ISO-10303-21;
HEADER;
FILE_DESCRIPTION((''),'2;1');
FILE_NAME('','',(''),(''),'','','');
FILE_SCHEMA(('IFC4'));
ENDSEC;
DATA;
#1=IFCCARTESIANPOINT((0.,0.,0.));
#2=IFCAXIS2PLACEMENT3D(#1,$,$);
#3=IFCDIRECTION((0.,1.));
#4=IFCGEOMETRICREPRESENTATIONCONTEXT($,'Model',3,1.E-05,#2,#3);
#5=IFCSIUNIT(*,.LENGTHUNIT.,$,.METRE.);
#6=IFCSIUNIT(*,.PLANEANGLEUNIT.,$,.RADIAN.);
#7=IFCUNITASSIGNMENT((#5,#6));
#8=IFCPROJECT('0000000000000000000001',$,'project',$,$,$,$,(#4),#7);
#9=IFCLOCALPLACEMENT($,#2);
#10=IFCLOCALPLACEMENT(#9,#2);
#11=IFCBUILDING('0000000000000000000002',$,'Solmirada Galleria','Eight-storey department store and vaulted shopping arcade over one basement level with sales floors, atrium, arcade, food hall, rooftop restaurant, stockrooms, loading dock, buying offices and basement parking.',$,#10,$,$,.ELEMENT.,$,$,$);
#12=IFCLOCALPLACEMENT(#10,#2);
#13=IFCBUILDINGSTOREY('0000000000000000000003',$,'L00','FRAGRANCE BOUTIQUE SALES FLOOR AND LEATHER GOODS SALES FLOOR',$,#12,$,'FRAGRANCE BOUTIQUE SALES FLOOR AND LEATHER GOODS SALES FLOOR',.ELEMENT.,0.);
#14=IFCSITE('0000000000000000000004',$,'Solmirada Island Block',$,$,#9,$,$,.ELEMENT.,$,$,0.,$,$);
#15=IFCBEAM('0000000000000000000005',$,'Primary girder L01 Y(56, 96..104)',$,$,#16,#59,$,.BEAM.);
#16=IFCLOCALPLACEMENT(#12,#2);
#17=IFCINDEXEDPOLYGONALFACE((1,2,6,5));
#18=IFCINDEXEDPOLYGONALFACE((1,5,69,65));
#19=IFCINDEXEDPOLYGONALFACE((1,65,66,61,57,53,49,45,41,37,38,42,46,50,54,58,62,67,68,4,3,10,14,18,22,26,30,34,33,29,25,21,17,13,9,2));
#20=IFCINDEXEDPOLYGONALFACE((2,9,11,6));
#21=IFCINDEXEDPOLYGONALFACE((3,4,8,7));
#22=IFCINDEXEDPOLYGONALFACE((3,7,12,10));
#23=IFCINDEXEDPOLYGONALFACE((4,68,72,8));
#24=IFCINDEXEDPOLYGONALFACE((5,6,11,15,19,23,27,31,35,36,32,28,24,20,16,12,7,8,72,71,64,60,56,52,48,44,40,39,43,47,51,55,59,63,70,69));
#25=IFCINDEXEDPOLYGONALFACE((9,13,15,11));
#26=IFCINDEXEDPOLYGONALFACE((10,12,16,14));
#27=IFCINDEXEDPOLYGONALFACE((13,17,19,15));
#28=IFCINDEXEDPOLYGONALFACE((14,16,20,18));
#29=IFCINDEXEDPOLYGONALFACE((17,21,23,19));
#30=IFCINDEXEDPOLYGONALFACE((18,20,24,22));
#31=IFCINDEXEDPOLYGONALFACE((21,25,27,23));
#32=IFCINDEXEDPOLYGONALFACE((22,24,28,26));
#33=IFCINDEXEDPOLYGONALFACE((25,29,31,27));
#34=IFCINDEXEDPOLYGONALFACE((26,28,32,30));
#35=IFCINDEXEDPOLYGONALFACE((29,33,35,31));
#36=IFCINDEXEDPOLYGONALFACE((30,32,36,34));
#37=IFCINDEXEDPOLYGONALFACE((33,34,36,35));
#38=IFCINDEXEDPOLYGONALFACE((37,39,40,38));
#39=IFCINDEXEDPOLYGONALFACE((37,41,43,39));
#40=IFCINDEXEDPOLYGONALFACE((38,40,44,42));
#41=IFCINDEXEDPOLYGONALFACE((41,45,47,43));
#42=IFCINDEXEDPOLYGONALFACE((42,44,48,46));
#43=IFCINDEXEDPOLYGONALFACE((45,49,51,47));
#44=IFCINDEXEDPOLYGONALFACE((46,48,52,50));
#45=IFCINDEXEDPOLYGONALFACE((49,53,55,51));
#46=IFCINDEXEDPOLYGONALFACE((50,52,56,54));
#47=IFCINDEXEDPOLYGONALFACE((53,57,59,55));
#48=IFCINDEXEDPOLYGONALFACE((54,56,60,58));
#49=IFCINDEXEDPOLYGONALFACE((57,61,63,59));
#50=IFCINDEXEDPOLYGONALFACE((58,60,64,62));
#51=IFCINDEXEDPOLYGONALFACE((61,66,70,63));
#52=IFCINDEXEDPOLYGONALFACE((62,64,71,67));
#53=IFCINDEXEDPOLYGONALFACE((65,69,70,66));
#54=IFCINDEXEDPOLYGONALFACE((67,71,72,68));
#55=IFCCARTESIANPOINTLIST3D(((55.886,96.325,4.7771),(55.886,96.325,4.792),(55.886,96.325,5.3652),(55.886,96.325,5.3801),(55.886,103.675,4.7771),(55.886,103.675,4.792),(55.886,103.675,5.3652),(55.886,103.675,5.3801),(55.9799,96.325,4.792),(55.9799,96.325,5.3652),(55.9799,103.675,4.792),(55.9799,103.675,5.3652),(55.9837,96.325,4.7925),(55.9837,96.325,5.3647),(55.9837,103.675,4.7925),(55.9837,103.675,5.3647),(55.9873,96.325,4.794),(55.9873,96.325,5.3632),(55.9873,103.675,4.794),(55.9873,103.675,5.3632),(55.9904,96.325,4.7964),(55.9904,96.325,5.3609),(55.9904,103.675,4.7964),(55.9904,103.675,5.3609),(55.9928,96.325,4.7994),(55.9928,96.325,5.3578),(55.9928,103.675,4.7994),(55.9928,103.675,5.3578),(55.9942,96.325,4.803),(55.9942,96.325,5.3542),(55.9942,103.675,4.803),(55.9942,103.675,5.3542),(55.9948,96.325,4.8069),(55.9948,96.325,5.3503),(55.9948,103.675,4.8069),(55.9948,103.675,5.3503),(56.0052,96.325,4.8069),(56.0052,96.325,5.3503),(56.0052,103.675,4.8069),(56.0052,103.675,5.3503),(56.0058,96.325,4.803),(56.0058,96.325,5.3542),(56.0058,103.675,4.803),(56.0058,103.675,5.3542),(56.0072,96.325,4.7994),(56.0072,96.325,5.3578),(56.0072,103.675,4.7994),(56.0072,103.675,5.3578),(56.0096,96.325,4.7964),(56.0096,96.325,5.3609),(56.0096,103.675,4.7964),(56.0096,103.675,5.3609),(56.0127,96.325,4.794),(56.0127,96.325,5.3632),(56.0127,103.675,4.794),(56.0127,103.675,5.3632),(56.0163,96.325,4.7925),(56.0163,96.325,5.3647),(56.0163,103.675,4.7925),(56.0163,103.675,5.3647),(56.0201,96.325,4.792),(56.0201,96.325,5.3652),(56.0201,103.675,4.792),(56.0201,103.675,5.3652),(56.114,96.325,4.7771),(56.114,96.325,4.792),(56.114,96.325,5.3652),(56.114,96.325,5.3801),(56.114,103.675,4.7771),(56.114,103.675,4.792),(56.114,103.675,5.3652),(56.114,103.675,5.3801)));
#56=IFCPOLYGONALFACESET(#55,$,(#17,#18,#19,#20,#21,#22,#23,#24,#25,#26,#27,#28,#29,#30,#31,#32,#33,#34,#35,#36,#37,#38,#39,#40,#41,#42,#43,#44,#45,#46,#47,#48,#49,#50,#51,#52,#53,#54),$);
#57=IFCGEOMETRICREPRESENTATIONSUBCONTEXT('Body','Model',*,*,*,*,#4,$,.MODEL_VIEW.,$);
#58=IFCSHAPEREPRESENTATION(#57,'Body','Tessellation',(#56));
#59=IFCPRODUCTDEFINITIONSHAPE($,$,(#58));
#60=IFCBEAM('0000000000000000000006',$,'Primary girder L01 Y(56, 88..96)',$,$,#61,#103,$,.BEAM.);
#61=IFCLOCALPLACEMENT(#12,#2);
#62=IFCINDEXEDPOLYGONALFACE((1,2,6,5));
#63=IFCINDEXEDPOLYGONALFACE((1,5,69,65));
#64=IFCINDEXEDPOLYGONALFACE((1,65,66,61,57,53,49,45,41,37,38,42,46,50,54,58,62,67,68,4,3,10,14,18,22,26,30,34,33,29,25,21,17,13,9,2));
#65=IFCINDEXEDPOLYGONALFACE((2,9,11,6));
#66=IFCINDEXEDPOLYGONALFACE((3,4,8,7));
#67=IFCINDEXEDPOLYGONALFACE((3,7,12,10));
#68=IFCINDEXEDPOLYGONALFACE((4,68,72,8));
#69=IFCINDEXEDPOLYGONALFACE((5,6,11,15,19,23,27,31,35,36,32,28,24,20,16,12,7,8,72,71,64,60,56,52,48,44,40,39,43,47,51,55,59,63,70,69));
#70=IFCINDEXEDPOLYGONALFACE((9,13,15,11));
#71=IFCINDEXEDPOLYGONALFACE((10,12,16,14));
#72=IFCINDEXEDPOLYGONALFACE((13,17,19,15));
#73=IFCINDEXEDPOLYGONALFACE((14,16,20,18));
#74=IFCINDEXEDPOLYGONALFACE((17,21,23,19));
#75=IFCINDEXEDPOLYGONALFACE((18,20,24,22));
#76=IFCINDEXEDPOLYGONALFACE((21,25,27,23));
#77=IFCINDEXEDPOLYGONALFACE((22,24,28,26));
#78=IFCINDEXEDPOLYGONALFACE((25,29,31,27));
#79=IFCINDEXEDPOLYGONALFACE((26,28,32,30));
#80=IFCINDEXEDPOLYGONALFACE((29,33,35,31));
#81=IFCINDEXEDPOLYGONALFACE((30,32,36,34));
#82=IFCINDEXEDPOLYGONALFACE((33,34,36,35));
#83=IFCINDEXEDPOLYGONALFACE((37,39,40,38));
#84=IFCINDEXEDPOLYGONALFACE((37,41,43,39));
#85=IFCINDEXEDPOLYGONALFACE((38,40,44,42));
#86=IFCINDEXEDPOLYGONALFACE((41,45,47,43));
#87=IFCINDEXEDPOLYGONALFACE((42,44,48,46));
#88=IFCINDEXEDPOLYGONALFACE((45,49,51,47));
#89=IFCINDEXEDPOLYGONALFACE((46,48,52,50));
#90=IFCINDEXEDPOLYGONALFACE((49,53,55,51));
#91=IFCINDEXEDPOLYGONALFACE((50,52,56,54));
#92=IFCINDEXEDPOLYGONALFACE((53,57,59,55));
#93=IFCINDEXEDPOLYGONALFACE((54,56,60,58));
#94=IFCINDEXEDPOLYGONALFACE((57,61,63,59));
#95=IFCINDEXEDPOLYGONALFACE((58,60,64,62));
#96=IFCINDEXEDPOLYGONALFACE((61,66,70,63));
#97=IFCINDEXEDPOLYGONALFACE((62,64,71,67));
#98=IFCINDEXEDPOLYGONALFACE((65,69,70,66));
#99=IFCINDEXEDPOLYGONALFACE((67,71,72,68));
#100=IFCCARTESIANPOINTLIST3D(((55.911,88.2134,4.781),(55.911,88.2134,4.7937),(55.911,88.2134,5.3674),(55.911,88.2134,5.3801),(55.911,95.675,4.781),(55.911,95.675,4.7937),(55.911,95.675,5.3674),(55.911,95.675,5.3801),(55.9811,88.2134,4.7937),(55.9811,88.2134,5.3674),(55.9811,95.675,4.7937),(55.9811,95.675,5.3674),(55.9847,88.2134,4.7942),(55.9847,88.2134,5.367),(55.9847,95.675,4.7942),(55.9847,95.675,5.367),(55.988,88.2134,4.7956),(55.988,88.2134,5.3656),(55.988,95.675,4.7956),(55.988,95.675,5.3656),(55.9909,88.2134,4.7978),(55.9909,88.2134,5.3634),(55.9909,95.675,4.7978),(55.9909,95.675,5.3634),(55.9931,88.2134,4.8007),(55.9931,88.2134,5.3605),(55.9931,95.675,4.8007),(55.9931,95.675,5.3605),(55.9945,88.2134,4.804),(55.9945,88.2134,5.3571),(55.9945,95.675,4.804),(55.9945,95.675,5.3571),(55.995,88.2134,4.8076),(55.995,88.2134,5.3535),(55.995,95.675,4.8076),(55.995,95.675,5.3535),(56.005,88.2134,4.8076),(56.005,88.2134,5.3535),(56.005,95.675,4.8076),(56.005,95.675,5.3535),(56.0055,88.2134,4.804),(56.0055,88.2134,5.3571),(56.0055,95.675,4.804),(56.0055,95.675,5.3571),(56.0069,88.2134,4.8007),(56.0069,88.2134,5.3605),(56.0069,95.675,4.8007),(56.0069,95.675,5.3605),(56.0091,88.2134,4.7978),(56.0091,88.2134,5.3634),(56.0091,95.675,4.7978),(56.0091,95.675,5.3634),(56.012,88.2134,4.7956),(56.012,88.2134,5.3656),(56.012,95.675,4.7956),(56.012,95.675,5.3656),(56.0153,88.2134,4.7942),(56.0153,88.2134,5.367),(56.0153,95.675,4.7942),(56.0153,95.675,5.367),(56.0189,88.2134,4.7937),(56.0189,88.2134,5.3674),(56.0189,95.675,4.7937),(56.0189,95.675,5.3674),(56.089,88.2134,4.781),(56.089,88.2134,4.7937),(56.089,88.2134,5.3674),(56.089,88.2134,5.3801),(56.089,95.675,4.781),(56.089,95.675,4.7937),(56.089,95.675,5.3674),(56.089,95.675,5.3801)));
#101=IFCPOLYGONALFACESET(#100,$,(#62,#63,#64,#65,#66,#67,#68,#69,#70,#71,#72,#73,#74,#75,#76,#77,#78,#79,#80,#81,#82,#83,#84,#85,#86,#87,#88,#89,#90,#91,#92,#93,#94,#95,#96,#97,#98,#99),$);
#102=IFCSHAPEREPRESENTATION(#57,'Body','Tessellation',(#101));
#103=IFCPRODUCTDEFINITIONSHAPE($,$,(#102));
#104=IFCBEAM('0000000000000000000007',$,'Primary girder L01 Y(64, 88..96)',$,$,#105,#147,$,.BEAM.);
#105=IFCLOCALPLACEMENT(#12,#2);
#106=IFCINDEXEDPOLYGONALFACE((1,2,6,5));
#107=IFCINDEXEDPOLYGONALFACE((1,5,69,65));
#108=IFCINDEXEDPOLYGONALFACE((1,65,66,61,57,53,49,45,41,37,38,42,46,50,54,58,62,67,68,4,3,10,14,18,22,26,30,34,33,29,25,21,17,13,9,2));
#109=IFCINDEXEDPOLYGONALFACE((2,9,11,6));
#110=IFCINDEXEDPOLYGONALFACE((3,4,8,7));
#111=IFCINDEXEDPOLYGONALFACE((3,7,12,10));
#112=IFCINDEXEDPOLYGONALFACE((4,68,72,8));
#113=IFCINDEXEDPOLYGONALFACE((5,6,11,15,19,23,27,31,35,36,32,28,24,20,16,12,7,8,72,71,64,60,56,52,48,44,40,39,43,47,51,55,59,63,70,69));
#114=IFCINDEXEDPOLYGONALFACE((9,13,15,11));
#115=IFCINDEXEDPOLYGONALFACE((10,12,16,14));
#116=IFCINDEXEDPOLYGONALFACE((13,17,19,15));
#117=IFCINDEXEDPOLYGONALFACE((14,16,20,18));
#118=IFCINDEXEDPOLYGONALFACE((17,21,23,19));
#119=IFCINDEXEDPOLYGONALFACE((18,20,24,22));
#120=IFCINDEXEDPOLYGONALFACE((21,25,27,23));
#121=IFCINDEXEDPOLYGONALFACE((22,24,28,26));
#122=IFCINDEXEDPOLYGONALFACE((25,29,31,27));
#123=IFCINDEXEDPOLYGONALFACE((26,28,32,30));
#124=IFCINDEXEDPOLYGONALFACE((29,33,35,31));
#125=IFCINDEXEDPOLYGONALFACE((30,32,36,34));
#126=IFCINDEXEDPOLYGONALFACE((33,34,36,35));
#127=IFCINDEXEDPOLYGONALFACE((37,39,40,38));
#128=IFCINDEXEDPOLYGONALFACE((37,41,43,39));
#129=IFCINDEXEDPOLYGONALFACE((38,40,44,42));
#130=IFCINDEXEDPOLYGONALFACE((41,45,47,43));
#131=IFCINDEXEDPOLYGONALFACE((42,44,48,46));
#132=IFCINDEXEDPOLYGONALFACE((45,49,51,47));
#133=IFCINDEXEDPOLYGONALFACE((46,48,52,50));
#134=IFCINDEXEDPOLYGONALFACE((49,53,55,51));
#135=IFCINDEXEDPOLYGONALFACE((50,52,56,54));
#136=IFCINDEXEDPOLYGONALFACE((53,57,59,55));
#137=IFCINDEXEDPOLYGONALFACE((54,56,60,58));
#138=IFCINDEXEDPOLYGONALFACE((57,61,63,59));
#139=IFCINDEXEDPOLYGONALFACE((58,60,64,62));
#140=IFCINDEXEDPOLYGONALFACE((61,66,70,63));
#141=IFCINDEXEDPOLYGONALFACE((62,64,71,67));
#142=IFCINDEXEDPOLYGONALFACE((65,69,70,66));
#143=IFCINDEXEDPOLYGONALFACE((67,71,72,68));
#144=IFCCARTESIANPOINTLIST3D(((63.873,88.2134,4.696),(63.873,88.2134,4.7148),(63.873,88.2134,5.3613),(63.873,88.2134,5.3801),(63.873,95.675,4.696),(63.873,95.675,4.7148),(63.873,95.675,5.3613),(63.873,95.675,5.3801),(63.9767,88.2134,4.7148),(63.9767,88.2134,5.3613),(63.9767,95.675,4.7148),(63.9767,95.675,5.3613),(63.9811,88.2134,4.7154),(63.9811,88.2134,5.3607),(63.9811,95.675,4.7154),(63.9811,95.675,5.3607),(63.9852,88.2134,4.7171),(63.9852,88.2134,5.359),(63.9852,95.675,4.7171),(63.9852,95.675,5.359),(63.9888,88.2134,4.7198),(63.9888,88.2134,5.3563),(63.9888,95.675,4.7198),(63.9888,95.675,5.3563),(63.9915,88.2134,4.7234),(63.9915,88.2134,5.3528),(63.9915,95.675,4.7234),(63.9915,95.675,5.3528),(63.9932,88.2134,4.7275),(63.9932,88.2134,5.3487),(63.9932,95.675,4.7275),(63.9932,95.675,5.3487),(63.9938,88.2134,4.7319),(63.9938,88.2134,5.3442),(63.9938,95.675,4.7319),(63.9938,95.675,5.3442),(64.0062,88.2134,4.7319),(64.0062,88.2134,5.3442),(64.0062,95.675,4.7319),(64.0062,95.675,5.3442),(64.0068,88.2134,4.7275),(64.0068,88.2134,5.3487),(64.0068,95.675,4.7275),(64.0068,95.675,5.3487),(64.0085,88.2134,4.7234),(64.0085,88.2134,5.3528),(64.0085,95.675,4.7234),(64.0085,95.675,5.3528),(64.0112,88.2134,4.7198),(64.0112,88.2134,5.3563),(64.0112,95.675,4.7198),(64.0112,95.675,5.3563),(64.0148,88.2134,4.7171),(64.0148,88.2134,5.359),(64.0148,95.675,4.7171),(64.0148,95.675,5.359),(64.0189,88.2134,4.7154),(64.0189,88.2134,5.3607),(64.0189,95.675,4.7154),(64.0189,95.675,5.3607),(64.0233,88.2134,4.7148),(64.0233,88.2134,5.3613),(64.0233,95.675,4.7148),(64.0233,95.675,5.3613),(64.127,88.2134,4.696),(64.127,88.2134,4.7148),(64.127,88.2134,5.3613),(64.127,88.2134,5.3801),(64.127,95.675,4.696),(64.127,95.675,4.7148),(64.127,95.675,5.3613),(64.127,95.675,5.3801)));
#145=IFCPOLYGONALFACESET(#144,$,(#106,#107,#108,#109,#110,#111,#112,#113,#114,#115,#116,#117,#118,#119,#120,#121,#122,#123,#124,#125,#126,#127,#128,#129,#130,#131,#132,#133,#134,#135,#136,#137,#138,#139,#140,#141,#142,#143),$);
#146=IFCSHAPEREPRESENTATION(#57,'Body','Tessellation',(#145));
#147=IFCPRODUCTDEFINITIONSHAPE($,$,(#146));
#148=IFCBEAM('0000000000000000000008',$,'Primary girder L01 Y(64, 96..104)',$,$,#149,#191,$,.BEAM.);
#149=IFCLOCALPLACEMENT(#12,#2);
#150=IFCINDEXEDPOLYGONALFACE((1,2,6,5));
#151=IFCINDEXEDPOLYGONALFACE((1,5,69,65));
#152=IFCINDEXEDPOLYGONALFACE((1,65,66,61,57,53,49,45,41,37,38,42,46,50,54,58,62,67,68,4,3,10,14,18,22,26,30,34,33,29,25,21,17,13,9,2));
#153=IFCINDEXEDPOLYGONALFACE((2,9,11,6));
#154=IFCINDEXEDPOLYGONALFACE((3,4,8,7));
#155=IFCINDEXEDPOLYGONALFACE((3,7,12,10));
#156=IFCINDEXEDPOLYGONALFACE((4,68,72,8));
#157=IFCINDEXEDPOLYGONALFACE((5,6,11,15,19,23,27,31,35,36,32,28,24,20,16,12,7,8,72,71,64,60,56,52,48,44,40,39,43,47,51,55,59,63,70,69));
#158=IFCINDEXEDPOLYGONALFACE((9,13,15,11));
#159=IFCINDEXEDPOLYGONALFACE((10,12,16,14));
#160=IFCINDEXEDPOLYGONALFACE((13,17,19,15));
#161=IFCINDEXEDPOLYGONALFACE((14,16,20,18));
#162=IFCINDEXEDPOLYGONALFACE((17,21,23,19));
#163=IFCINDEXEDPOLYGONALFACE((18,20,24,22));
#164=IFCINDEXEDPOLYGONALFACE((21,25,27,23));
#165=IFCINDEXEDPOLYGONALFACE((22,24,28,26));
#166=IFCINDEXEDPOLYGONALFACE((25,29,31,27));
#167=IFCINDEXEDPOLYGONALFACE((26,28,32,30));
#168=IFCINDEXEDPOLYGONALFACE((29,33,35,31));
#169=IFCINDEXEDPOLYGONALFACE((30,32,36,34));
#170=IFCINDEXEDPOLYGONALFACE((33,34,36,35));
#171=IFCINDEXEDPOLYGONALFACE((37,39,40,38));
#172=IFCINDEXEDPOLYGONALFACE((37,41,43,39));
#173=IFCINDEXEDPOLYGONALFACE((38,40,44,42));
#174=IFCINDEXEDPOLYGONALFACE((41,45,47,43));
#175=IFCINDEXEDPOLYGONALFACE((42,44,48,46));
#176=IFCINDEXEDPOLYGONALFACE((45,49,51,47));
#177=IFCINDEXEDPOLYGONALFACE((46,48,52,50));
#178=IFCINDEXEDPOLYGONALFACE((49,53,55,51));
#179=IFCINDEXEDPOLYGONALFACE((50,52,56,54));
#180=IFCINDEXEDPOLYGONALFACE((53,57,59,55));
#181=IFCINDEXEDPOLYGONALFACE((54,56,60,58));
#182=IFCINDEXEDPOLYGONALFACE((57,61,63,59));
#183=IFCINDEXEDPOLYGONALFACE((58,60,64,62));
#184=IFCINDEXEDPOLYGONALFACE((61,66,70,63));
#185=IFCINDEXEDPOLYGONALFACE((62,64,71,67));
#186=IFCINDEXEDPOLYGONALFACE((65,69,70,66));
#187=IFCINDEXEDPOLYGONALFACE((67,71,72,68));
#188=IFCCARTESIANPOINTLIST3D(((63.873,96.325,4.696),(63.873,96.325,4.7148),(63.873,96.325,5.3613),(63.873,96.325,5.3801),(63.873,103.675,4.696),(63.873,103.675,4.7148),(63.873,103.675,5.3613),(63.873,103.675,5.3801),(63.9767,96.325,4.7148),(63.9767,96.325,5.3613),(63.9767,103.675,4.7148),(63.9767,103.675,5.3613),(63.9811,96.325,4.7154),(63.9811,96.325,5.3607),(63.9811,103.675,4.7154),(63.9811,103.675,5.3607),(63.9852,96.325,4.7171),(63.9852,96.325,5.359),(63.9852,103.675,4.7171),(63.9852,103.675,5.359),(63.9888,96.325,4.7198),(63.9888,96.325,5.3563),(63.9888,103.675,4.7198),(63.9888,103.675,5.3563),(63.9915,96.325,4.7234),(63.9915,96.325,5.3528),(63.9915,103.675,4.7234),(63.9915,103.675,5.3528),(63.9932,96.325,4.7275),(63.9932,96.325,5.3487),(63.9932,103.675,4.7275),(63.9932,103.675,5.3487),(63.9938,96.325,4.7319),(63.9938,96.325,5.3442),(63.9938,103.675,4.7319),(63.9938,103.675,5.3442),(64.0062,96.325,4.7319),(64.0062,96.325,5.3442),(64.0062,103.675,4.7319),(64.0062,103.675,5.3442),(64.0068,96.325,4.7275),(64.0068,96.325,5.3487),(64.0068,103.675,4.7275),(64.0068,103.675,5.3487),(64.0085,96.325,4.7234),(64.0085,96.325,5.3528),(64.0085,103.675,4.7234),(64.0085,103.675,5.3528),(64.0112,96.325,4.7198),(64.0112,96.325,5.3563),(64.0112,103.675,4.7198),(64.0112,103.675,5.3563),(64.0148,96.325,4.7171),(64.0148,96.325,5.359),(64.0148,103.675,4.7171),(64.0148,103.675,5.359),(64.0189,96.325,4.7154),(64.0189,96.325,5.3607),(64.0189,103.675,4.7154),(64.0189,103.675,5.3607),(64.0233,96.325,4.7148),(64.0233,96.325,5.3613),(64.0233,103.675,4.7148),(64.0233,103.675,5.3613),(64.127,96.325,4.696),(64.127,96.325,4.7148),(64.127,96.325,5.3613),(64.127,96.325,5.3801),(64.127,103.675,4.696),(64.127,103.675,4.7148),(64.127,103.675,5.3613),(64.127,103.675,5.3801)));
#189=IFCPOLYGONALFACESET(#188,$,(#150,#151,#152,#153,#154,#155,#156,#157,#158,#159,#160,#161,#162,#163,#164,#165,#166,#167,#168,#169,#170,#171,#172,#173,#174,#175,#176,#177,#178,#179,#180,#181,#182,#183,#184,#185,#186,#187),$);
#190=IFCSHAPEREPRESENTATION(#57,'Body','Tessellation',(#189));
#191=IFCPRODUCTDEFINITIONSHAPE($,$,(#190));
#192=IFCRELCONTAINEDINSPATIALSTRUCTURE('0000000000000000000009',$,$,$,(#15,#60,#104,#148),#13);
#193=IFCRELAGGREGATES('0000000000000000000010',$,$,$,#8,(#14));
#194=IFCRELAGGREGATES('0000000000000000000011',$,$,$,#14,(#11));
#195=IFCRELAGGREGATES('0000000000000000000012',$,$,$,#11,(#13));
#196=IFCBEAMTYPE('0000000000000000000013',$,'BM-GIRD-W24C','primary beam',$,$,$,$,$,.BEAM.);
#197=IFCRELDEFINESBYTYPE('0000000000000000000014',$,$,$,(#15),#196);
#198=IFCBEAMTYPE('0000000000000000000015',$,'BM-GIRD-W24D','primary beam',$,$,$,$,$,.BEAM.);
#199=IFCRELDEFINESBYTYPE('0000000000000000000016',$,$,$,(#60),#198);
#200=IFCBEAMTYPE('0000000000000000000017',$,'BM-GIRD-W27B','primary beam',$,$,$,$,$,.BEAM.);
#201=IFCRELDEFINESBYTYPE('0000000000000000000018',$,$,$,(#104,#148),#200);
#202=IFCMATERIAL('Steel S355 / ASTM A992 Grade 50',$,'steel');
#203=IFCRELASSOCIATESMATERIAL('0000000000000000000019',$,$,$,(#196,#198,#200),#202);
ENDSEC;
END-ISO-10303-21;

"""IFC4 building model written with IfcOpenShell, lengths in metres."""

from ifc_helpers import new_model, si_unit, direction, frame, origin, origin_2d, place, context, subcontext, project, spatial, i_section, extrude, material, material_profile, profile_set, type_object, element, save


model = new_model("IFC4")

# Units and contexts
model_context = context("Model", 3, precision=1e-05, world=origin(), true_north=direction((0.0, 1.0)))
body_context = subcontext(model_context, "Body", "Model", "MODEL_VIEW")
ifc_project = project(units=[si_unit("LENGTHUNIT", "METRE"), si_unit("PLANEANGLEUNIT", "RADIAN")], contexts=[model_context])

# Site, building, storey
site_placement = place(None, origin())
site = spatial("IfcSite", under=ifc_project, at=site_placement, Name="Solmirada Island Block", CompositionType="ELEMENT", RefElevation=0.0)
building_placement = place(site_placement, origin())
building = spatial("IfcBuilding", under=site, at=building_placement, Name="Solmirada Galleria", Description="Eight-storey department store and vaulted shopping arcade over one basement level with sales floors, atrium, arcade, food hall, rooftop restaurant, stockrooms, loading dock, buying offices and basement parking.", CompositionType="ELEMENT")
storey_placement = place(building_placement, origin())
storey = spatial("IfcBuildingStorey", under=building, at=storey_placement, Name="L00", Description="FRAGRANCE BOUTIQUE SALES FLOOR AND LEATHER GOODS SALES FLOOR", LongName="FRAGRANCE BOUTIQUE SALES FLOOR AND LEATHER GOODS SALES FLOOR", CompositionType="ELEMENT", Elevation=0.0)

# Beams
ifc_material_1 = material(Name="Steel S355 / ASTM A992 Grade 50", Category="steel")
ifc_material_profile_1 = material_profile(ifc_material_1, i_section(OverallWidth=0.228, OverallDepth=0.603, WebThickness=0.0105, FlangeThickness=0.0149, FilletRadius=0.0149, at=origin_2d()), Name="W24X68")
ifc_profile_set_1 = profile_set([ifc_material_profile_1], Name="Steel S355 / ASTM A992 Grade 50")
beam_type_1 = type_object("IfcBeamType", Name="BM-GIRD-W24C", Description="primary beam", PredefinedType="BEAM", material=ifc_profile_set_1)
beam_1_placement = place(storey_placement, frame((56.0, 96.325, 5.0786), z_axis=(0.0, 1.0, 0.0), x_axis=(-1.0, 0.0, 0.0)))
element("IfcBeam", 1, at=beam_1_placement, inside=storey, type_object=beam_type_1, Name="Primary girder L01 Y(56, 96..104)", PredefinedType="BEAM", context=body_context, shape_type="SweptSolid", body=[
    extrude(i_section(OverallWidth=0.228, OverallDepth=0.603, WebThickness=0.0105, FlangeThickness=0.0149, FilletRadius=0.0149, at=origin_2d()), origin(), (0.0, 0.0, 1.0), 7.3501),
])
ifc_material_profile_2 = material_profile(ifc_material_1, i_section(OverallWidth=0.178, OverallDepth=0.5991, WebThickness=0.01, FlangeThickness=0.0127, FilletRadius=0.0139, at=origin_2d()), Name="W24X55")
ifc_profile_set_2 = profile_set([ifc_material_profile_2], Name="Steel S355 / ASTM A992 Grade 50")
beam_type_2 = type_object("IfcBeamType", Name="BM-GIRD-W24D", Description="primary beam", PredefinedType="BEAM", material=ifc_profile_set_2)
beam_2_placement = place(storey_placement, frame((56.0, 88.2134, 5.0806), z_axis=(0.0, 1.0, 0.0), x_axis=(-1.0, 0.0, 0.0)))
element("IfcBeam", 2, at=beam_2_placement, inside=storey, type_object=beam_type_2, Name="Primary girder L01 Y(56, 88..96)", PredefinedType="BEAM", context=body_context, shape_type="SweptSolid", body=[
    extrude(i_section(OverallWidth=0.178, OverallDepth=0.5991, WebThickness=0.01, FlangeThickness=0.0127, FilletRadius=0.0139, at=origin_2d()), origin(), (0.0, 0.0, 1.0), 7.4617),
])
ifc_material_profile_3 = material_profile(ifc_material_1, i_section(OverallWidth=0.2539, OverallDepth=0.6841, WebThickness=0.0125, FlangeThickness=0.0188, FilletRadius=0.0171, at=origin_2d()), Name="W27X94")
ifc_profile_set_3 = profile_set([ifc_material_profile_3], Name="Steel S355 / ASTM A992 Grade 50")
beam_type_3 = type_object("IfcBeamType", Name="BM-GIRD-W27B", Description="primary beam", PredefinedType="BEAM", material=ifc_profile_set_3)
beam_3_placement = place(storey_placement, frame((64.0, 88.2134, 5.0381), z_axis=(0.0, 1.0, 0.0), x_axis=(-1.0, 0.0, 0.0)))
element("IfcBeam", 3, at=beam_3_placement, inside=storey, type_object=beam_type_3, Name="Primary girder L01 Y(64, 88..96)", PredefinedType="BEAM", context=body_context, shape_type="SweptSolid", body=[
    extrude(i_section(OverallWidth=0.2539, OverallDepth=0.6841, WebThickness=0.0125, FlangeThickness=0.0188, FilletRadius=0.0171, at=origin_2d()), origin(), (0.0, 0.0, 1.0), 7.4617),
])
beam_4_placement = place(storey_placement, frame((64.0, 96.325, 5.0381), z_axis=(0.0, 1.0, 0.0), x_axis=(-1.0, 0.0, 0.0)))
element("IfcBeam", 4, at=beam_4_placement, inside=storey, type_object=beam_type_3, Name="Primary girder L01 Y(64, 96..104)", PredefinedType="BEAM", context=body_context, shape_type="SweptSolid", body=[
    extrude(i_section(OverallWidth=0.2539, OverallDepth=0.6841, WebThickness=0.0125, FlangeThickness=0.0188, FilletRadius=0.0171, at=origin_2d()), origin(), (0.0, 0.0, 1.0), 7.3501),
])

save(model, "model.ifc")
